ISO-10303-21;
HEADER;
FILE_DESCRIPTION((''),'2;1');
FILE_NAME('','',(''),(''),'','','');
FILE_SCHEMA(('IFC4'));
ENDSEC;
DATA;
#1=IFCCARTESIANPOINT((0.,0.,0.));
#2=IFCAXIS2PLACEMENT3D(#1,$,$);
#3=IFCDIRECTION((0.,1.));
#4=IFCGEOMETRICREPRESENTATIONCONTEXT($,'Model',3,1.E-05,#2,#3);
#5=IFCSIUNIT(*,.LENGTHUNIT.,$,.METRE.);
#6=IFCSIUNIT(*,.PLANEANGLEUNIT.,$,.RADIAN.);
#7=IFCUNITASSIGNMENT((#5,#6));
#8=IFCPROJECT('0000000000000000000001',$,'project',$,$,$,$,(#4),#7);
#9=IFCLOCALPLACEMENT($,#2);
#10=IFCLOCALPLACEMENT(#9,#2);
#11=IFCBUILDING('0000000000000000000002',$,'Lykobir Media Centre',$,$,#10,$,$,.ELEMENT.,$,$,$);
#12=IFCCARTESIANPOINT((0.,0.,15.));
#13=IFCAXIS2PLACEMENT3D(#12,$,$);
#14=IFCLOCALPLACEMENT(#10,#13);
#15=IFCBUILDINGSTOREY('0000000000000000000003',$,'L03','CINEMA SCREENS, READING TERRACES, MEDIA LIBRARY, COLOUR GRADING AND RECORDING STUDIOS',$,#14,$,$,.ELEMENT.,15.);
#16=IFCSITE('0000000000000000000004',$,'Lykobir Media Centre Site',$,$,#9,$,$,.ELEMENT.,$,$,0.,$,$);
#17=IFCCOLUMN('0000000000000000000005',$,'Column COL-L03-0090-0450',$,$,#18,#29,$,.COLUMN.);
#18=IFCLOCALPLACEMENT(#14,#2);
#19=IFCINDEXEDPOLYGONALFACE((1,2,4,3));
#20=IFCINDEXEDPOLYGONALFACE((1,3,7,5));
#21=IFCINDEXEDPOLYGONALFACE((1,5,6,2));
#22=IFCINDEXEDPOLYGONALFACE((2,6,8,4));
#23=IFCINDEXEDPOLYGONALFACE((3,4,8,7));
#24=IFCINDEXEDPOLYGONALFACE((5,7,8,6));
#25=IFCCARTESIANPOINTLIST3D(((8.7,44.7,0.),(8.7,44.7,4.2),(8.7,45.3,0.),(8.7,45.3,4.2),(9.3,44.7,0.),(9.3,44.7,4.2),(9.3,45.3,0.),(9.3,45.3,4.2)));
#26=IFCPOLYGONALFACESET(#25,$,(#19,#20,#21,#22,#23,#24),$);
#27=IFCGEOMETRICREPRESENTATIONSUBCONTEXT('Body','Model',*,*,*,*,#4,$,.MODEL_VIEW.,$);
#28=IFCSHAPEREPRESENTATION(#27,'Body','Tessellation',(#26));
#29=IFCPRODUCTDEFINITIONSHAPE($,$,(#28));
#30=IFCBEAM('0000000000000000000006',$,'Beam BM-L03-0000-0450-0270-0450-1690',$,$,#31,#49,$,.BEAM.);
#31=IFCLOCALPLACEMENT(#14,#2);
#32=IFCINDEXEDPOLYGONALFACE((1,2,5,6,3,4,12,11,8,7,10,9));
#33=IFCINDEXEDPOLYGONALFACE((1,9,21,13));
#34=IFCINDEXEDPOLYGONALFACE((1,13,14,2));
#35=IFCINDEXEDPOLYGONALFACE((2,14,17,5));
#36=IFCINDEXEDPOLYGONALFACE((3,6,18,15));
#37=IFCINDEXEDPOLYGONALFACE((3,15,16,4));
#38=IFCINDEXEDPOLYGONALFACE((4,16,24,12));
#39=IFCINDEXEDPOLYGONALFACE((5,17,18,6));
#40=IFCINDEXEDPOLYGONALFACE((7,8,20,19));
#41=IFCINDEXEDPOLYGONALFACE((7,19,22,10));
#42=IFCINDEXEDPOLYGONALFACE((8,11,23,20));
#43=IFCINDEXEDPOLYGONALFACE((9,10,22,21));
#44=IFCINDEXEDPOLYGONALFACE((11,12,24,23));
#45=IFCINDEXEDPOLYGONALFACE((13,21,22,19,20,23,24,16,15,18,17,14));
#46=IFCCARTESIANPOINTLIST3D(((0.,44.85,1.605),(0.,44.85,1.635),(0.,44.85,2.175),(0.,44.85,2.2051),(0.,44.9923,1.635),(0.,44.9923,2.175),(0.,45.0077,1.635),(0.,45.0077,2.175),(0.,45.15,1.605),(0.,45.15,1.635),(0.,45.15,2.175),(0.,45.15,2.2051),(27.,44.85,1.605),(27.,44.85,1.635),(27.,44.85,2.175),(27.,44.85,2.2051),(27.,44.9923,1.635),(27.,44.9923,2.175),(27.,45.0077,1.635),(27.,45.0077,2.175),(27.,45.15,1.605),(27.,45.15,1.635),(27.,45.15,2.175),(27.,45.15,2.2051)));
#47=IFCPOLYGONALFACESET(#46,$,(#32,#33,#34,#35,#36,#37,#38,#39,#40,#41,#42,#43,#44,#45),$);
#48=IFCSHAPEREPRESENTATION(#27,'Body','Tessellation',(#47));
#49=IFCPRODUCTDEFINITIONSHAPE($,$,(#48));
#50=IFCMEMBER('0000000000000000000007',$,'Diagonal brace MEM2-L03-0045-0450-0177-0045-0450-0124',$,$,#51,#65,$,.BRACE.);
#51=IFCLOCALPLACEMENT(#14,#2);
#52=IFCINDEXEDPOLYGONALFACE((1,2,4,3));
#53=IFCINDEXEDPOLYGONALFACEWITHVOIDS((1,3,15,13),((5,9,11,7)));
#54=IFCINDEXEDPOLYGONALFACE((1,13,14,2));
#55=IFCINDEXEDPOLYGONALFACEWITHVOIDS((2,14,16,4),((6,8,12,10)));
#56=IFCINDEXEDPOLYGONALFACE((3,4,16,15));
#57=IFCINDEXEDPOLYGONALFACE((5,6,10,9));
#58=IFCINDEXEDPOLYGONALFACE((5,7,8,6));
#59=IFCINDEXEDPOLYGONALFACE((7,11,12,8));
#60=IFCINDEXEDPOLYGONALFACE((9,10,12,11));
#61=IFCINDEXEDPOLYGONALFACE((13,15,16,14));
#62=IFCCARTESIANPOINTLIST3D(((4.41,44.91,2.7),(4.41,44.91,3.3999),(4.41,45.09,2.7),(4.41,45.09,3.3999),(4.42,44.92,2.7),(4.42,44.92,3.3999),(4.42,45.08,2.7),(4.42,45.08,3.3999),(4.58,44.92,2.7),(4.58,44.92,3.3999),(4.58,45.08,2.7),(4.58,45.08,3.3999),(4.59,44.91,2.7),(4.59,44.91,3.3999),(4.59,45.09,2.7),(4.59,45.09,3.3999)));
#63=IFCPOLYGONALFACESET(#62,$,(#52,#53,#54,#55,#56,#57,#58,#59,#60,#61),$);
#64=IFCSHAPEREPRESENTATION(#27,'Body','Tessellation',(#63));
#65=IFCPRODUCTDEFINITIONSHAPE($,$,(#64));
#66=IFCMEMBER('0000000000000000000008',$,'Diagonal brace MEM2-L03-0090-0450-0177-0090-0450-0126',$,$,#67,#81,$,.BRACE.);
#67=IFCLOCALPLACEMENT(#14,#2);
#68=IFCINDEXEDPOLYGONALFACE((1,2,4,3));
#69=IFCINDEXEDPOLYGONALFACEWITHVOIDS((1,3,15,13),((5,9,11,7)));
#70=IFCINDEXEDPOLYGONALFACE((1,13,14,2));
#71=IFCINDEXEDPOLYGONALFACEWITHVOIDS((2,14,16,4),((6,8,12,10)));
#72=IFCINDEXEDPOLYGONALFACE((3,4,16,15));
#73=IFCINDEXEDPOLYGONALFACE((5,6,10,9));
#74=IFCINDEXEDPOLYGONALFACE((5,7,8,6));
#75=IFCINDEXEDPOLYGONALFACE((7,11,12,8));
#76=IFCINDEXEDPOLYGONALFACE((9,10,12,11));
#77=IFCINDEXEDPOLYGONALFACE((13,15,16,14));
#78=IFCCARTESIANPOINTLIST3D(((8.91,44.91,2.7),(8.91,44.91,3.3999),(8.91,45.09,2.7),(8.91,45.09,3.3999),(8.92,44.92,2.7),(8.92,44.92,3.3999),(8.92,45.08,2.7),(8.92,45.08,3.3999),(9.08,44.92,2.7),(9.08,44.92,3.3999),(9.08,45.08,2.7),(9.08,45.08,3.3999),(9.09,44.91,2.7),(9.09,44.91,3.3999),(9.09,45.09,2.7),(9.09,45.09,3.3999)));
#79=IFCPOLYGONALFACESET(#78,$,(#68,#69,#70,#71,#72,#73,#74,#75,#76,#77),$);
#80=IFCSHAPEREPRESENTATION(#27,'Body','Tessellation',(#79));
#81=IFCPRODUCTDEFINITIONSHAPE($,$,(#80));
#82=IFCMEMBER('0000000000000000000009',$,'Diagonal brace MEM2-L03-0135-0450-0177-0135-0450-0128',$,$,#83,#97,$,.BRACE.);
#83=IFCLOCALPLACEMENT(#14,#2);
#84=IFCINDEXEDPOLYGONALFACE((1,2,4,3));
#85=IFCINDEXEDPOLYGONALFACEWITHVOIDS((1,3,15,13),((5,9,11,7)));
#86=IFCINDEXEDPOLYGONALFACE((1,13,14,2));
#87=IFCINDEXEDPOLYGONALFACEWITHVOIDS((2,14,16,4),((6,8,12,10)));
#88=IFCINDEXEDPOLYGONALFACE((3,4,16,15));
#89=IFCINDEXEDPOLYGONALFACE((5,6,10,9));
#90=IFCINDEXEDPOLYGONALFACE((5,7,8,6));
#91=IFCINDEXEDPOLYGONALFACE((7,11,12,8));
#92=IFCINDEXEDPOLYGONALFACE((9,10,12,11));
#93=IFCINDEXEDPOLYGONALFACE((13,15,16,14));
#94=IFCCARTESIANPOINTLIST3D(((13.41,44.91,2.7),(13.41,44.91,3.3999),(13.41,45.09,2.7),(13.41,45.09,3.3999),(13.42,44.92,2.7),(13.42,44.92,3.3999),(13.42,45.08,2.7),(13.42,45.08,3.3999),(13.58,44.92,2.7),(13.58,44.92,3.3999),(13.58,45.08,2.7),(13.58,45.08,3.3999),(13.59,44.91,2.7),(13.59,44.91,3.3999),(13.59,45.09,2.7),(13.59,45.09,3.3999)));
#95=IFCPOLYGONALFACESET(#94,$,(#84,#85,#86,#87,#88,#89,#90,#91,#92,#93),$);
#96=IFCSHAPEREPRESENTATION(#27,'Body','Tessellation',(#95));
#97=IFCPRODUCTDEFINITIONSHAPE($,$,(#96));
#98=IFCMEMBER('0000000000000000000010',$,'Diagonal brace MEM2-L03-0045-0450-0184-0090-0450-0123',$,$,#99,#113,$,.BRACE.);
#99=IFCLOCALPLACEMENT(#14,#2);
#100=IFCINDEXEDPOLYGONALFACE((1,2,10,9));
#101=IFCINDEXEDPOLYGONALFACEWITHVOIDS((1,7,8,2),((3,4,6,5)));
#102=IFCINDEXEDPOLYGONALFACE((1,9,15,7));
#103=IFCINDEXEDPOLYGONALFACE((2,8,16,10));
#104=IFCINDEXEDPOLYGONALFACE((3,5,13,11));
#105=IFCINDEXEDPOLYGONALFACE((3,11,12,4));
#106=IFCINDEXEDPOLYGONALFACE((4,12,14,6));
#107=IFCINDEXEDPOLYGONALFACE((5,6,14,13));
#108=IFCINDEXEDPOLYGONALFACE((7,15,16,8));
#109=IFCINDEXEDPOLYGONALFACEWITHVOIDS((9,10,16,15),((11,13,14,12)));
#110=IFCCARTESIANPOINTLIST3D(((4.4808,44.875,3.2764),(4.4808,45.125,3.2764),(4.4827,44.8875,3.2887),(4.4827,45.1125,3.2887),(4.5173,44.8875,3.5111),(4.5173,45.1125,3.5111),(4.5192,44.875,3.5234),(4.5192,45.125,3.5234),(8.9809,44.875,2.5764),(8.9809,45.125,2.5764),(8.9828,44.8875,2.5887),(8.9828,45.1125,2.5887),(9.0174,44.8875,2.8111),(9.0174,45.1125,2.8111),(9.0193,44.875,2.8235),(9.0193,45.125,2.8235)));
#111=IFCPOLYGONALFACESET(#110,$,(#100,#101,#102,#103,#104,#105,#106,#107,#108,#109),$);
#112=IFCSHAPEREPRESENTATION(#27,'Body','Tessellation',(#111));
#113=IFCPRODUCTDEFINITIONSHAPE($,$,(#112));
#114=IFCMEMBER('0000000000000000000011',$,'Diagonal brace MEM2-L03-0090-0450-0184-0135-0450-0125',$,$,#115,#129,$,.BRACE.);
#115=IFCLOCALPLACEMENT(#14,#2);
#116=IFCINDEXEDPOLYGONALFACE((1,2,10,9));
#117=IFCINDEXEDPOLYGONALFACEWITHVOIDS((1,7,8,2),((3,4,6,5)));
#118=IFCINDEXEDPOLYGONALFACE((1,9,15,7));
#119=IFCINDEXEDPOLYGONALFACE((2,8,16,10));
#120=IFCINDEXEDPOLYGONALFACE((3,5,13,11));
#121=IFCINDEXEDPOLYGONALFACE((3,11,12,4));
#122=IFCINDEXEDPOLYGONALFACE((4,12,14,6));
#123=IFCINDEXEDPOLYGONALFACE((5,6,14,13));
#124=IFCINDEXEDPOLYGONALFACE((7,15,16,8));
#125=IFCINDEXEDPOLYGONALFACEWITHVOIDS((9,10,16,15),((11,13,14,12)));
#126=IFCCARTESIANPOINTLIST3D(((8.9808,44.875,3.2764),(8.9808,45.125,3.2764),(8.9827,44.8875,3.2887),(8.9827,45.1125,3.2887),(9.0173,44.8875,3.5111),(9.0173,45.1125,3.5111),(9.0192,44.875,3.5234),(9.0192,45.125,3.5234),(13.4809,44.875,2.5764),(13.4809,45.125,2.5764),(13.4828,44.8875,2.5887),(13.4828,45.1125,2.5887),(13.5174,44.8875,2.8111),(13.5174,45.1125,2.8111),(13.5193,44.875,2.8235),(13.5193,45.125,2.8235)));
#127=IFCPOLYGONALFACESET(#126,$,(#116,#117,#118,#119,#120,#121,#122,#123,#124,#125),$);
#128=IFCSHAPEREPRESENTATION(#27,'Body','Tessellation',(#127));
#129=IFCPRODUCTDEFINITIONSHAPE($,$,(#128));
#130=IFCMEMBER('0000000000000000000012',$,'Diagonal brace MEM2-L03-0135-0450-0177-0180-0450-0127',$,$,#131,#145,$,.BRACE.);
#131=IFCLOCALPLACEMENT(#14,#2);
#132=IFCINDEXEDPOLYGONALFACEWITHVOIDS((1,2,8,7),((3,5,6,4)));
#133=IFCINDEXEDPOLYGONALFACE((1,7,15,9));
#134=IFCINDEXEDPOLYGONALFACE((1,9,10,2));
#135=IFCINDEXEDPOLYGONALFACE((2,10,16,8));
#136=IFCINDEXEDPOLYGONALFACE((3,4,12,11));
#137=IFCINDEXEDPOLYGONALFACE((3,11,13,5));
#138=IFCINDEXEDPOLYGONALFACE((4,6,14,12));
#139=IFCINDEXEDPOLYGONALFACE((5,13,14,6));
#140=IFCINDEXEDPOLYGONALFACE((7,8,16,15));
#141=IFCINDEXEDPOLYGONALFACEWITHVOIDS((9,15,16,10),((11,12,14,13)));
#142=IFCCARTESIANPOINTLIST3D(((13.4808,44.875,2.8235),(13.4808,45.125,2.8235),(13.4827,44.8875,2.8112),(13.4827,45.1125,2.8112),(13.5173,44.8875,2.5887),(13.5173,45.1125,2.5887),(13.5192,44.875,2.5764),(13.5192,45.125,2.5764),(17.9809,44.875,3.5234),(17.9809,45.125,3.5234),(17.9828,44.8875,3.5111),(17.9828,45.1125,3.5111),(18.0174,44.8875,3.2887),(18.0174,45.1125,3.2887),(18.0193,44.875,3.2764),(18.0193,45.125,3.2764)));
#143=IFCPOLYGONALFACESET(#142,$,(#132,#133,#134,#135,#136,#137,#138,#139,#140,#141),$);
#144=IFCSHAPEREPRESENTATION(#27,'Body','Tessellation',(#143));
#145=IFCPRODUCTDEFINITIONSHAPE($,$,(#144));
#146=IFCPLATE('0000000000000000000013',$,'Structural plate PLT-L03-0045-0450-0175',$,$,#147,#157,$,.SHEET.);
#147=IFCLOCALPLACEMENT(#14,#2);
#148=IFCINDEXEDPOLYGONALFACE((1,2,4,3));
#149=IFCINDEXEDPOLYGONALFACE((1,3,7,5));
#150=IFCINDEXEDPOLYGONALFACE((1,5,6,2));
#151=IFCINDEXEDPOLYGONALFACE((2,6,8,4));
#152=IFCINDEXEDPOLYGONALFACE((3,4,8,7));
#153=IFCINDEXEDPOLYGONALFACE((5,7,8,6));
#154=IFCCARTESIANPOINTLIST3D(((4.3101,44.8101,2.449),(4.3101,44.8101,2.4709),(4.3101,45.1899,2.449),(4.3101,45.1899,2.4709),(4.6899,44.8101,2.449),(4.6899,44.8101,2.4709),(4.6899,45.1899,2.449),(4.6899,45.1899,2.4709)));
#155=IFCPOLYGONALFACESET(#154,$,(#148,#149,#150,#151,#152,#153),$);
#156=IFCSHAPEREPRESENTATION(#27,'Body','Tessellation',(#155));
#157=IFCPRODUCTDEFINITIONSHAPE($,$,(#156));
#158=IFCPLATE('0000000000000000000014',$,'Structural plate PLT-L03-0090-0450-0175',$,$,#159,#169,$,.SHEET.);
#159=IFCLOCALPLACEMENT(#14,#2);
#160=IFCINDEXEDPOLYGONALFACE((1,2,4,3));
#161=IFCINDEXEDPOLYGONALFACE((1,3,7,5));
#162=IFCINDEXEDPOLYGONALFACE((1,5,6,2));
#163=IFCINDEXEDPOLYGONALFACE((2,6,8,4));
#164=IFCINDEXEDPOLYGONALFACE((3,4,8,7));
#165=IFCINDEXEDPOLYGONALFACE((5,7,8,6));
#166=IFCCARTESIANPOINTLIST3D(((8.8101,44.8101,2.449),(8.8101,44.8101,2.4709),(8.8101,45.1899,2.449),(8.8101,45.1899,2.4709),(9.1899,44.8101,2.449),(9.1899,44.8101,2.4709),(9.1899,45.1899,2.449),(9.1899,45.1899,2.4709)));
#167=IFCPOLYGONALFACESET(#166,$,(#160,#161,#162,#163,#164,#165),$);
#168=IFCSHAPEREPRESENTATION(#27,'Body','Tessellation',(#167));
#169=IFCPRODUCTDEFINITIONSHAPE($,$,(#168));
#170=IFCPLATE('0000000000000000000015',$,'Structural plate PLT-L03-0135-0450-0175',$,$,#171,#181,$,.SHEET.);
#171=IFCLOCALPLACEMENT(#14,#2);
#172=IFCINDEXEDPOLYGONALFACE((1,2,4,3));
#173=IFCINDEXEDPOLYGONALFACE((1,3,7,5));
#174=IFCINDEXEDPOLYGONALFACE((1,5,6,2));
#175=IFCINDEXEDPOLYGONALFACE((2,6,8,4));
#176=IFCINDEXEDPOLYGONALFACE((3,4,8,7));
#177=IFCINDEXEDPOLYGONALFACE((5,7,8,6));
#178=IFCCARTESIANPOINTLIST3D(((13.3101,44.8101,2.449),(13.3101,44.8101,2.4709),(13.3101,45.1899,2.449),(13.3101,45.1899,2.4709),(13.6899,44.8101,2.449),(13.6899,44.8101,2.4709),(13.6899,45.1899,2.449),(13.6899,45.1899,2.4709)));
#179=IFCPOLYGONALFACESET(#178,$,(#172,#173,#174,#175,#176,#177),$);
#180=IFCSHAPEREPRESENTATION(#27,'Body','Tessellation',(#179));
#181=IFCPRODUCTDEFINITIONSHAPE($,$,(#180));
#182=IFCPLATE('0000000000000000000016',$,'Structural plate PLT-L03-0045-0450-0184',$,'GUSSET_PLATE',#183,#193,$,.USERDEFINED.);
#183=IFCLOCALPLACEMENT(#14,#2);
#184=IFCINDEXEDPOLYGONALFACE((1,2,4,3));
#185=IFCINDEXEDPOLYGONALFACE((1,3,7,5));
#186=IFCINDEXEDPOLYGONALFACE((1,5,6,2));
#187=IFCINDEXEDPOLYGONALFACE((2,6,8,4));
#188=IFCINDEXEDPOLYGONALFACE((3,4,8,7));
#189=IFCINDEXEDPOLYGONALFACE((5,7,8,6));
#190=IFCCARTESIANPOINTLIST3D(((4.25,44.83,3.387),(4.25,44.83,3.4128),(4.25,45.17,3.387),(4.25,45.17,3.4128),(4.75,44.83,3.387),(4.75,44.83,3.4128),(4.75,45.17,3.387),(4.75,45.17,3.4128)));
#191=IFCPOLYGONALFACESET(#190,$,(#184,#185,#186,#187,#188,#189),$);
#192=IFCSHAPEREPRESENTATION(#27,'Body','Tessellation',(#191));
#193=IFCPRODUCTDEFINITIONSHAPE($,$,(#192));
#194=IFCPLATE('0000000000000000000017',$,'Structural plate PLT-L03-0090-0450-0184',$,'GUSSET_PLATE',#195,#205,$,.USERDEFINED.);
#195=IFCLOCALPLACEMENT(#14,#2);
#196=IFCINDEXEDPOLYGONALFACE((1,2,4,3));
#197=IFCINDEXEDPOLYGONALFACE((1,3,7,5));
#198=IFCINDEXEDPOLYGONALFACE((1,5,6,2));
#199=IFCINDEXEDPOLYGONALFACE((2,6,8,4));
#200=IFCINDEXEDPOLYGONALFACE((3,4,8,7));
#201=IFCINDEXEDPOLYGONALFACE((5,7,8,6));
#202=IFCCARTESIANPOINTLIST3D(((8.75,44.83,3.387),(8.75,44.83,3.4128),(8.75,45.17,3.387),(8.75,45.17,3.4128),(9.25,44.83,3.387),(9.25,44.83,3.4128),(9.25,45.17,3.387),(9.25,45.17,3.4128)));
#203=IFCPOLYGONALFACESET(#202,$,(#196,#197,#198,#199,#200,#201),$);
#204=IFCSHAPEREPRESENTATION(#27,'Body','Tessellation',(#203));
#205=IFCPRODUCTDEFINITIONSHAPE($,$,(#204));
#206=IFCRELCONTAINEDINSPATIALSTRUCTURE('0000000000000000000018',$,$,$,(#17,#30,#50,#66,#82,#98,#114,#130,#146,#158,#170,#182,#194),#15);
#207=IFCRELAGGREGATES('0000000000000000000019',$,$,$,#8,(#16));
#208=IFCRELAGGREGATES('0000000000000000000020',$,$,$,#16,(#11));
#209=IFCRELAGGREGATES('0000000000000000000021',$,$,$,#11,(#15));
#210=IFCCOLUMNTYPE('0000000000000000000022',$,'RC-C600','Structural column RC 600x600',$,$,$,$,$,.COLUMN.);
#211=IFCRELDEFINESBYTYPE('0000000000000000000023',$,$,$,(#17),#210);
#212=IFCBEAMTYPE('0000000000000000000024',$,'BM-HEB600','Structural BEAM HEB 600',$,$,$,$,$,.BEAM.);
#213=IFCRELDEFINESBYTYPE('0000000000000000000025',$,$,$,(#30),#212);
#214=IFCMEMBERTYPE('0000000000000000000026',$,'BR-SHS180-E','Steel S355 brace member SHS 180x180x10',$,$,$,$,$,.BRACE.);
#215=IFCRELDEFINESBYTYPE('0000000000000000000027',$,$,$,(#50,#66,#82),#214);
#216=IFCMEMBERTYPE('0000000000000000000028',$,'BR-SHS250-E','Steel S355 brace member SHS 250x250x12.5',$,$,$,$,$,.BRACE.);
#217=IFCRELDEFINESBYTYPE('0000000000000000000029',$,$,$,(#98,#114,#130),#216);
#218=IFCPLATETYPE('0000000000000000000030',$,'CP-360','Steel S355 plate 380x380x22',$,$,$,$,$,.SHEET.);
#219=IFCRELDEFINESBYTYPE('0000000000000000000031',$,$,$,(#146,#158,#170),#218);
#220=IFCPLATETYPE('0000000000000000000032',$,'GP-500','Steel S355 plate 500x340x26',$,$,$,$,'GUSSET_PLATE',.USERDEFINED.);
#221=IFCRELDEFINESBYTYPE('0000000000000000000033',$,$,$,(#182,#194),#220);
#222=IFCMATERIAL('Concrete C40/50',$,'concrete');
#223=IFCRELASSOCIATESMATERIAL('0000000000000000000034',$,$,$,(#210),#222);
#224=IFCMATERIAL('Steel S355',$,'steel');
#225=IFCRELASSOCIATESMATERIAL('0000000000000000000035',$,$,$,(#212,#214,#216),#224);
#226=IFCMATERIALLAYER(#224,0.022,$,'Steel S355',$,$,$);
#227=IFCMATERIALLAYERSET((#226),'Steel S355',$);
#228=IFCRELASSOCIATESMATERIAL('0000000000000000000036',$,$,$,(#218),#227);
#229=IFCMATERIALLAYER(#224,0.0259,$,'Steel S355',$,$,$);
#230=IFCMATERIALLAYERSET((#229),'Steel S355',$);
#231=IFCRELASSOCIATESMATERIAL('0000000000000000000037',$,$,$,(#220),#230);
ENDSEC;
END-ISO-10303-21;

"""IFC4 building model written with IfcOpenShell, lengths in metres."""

from ifc_helpers import new_model, si_unit, direction, frame, origin, origin_2d, place, context, subcontext, project, spatial, rectangle, hollow_rectangle, i_section, extrude, material, layer, layer_set, material_profile, profile_set, type_object, element, save


model = new_model("IFC4")

# Units and contexts
model_context = context("Model", 3, precision=1e-05, world=origin(), true_north=direction((0.0, 1.0)))
body_context = subcontext(model_context, "Body", "Model", "MODEL_VIEW")
ifc_project = project(units=[si_unit("LENGTHUNIT", "METRE"), si_unit("PLANEANGLEUNIT", "RADIAN")], contexts=[model_context])

# Site, building, storey
site_placement = place(None, origin())
site = spatial("IfcSite", under=ifc_project, at=site_placement, Name="Lykobir Media Centre Site", CompositionType="ELEMENT", RefElevation=0.0)
building_placement = place(site_placement, origin())
building = spatial("IfcBuilding", under=site, at=building_placement, Name="Lykobir Media Centre", CompositionType="ELEMENT")
storey_placement = place(building_placement, frame((0.0, 0.0, 15.0)))
storey = spatial("IfcBuildingStorey", under=building, at=storey_placement, Name="L03", Description="CINEMA SCREENS, READING TERRACES, MEDIA LIBRARY, COLOUR GRADING AND RECORDING STUDIOS", CompositionType="ELEMENT", Elevation=15.0)

# Column
ifc_material_1 = material(Name="Concrete C40/50", Category="concrete")
ifc_material_profile_1 = material_profile(ifc_material_1, rectangle(XDim=0.6001, YDim=0.6001, at=origin_2d()), Name="RC 600x600")
ifc_profile_set_1 = profile_set([ifc_material_profile_1], Name="Concrete C40/50")
column_type = type_object("IfcColumnType", Name="RC-C600", Description="Structural column RC 600x600", PredefinedType="COLUMN", material=ifc_profile_set_1)
column_placement = place(storey_placement, frame((9.0, 45.0, 0.0), z_axis=(0.0, 0.0, 1.0), x_axis=(1.0, 0.0, 0.0)))
element("IfcColumn", 1, at=column_placement, inside=storey, type_object=column_type, Name="Column COL-L03-0090-0450", PredefinedType="COLUMN", context=body_context, shape_type="SweptSolid", body=[
    extrude(rectangle(XDim=0.6001, YDim=0.6001, at=origin_2d()), origin(), (0.0, 0.0, 1.0), 4.2),
])

# Beam
ifc_material_2 = material(Name="Steel S355", Category="steel")
ifc_material_profile_2 = material_profile(ifc_material_2, i_section(OverallWidth=0.3, OverallDepth=0.6001, WebThickness=0.0154, FlangeThickness=0.03, at=origin_2d()), Name="HEB 600")
ifc_profile_set_2 = profile_set([ifc_material_profile_2], Name="Steel S355")
beam_type = type_object("IfcBeamType", Name="BM-HEB600", Description="Structural BEAM HEB 600", PredefinedType="BEAM", material=ifc_profile_set_2)
beam_placement = place(storey_placement, frame((0.0, 45.0, 1.905), z_axis=(1.0, 0.0, 0.0), x_axis=(0.0, 1.0, 0.0)))
element("IfcBeam", 2, at=beam_placement, inside=storey, type_object=beam_type, Name="Beam BM-L03-0000-0450-0270-0450-1690", PredefinedType="BEAM", context=body_context, shape_type="SweptSolid", body=[
    extrude(i_section(OverallWidth=0.3, OverallDepth=0.6001, WebThickness=0.0154, FlangeThickness=0.03, at=origin_2d()), origin(), (0.0, 0.0, 1.0), 27.0),
])

# Members
ifc_material_profile_3 = material_profile(ifc_material_2, hollow_rectangle(XDim=0.1799, YDim=0.1799, WallThickness=0.01, at=origin_2d()), Name="SHS 180x180x10")
ifc_profile_set_3 = profile_set([ifc_material_profile_3], Name="Steel S355")
member_type_1 = type_object("IfcMemberType", Name="BR-SHS180-E", Description="Steel S355 brace member SHS 180x180x10", PredefinedType="BRACE", material=ifc_profile_set_3)
for number, where, z_axis, x_axis, name in (
    (3, (4.5, 45.0, 2.7), (0.0, 0.0, 1.0), (1.0, 0.0, 0.0), "Diagonal brace MEM2-L03-0045-0450-0177-0045-0450-0124"),
    (4, (9.0, 45.0, 2.7), (0.0, 0.0, 1.0), (1.0, 0.0, 0.0), "Diagonal brace MEM2-L03-0090-0450-0177-0090-0450-0126"),
    (5, (13.5, 45.0, 2.7), (0.0, 0.0, 1.0), (1.0, 0.0, 0.0), "Diagonal brace MEM2-L03-0135-0450-0177-0135-0450-0128"),
):
    element("IfcMember", number, at=place(storey_placement, frame(where, z_axis=z_axis, x_axis=x_axis)), inside=storey, type_object=member_type_1, Name=name, PredefinedType="BRACE", context=body_context, shape_type="SweptSolid", body=[
        extrude(hollow_rectangle(XDim=0.1799, YDim=0.1799, WallThickness=0.01, at=origin_2d()), origin(), (0.0, 0.0, 1.0), 0.7),
    ])
ifc_material_profile_4 = material_profile(ifc_material_2, hollow_rectangle(XDim=0.25, YDim=0.25, WallThickness=0.0125, at=origin_2d()), Name="SHS 250x250x12.5")
ifc_profile_set_4 = profile_set([ifc_material_profile_4], Name="Steel S355")
member_type_2 = type_object("IfcMemberType", Name="BR-SHS250-E", Description="Steel S355 brace member SHS 250x250x12.5", PredefinedType="BRACE", material=ifc_profile_set_4)
for number, where, z_axis, x_axis, name in (
    (6, (4.5, 45.0, 3.3999), (0.988118, 0.0, -0.153697), (0.0, 1.0, 0.0), "Diagonal brace MEM2-L03-0045-0450-0184-0090-0450-0123"),
    (7, (9.0, 45.0, 3.3999), (0.988118, 0.0, -0.153697), (0.0, 1.0, 0.0), "Diagonal brace MEM2-L03-0090-0450-0184-0135-0450-0125"),
    (8, (13.5, 45.0, 2.7), (0.988118, 0.0, 0.153697), (0.0, 1.0, 0.0), "Diagonal brace MEM2-L03-0135-0450-0177-0180-0450-0127"),
):
    element("IfcMember", number, at=place(storey_placement, frame(where, z_axis=z_axis, x_axis=x_axis)), inside=storey, type_object=member_type_2, Name=name, PredefinedType="BRACE", context=body_context, shape_type="SweptSolid", body=[
        extrude(hollow_rectangle(XDim=0.25, YDim=0.25, WallThickness=0.0125, at=origin_2d()), origin(), (0.0, 0.0, 1.0), 4.5542),
    ])

# Plates
ifc_layer_1 = layer(ifc_material_2, 0.022, Name="Steel S355")
ifc_layer_set_1 = layer_set([ifc_layer_1], Name="Steel S355")
plate_type_1 = type_object("IfcPlateType", Name="CP-360", Description="Steel S355 plate 380x380x22", PredefinedType="SHEET", material=ifc_layer_set_1)
for number, where, z_axis, x_axis, name in (
    (9, (4.5, 45.0, 2.449), (0.0, 0.0, 1.0), (1.0, 0.0, 0.0), "Structural plate PLT-L03-0045-0450-0175"),
    (10, (9.0, 45.0, 2.449), (0.0, 0.0, 1.0), (1.0, 0.0, 0.0), "Structural plate PLT-L03-0090-0450-0175"),
    (11, (13.5, 45.0, 2.449), (0.0, 0.0, 1.0), (1.0, 0.0, 0.0), "Structural plate PLT-L03-0135-0450-0175"),
):
    element("IfcPlate", number, at=place(storey_placement, frame(where, z_axis=z_axis, x_axis=x_axis)), inside=storey, type_object=plate_type_1, Name=name, PredefinedType="SHEET", context=body_context, shape_type="SweptSolid", body=[
        extrude(rectangle(XDim=0.3799, YDim=0.3799, at=origin_2d()), origin(), (0.0, 0.0, 1.0), 0.022),
    ])
ifc_layer_2 = layer(ifc_material_2, 0.0259, Name="Steel S355")
ifc_layer_set_2 = layer_set([ifc_layer_2], Name="Steel S355")
plate_type_2 = type_object("IfcPlateType", Name="GP-500", Description="Steel S355 plate 500x340x26", ElementType="GUSSET_PLATE", PredefinedType="USERDEFINED", material=ifc_layer_set_2)
for number, where, z_axis, x_axis, name in (
    (12, (4.5, 45.0, 3.387), (0.0, 0.0, 1.0), (1.0, 0.0, 0.0), "Structural plate PLT-L03-0045-0450-0184"),
    (13, (9.0, 45.0, 3.387), (0.0, 0.0, 1.0), (1.0, 0.0, 0.0), "Structural plate PLT-L03-0090-0450-0184"),
):
    element("IfcPlate", number, at=place(storey_placement, frame(where, z_axis=z_axis, x_axis=x_axis)), inside=storey, type_object=plate_type_2, Name=name, ObjectType="GUSSET_PLATE", PredefinedType="USERDEFINED", context=body_context, shape_type="SweptSolid", body=[
        extrude(rectangle(XDim=0.5, YDim=0.3401, at=origin_2d()), origin(), (0.0, 0.0, 1.0), 0.0259),
    ])

save(model, "model.ifc")
